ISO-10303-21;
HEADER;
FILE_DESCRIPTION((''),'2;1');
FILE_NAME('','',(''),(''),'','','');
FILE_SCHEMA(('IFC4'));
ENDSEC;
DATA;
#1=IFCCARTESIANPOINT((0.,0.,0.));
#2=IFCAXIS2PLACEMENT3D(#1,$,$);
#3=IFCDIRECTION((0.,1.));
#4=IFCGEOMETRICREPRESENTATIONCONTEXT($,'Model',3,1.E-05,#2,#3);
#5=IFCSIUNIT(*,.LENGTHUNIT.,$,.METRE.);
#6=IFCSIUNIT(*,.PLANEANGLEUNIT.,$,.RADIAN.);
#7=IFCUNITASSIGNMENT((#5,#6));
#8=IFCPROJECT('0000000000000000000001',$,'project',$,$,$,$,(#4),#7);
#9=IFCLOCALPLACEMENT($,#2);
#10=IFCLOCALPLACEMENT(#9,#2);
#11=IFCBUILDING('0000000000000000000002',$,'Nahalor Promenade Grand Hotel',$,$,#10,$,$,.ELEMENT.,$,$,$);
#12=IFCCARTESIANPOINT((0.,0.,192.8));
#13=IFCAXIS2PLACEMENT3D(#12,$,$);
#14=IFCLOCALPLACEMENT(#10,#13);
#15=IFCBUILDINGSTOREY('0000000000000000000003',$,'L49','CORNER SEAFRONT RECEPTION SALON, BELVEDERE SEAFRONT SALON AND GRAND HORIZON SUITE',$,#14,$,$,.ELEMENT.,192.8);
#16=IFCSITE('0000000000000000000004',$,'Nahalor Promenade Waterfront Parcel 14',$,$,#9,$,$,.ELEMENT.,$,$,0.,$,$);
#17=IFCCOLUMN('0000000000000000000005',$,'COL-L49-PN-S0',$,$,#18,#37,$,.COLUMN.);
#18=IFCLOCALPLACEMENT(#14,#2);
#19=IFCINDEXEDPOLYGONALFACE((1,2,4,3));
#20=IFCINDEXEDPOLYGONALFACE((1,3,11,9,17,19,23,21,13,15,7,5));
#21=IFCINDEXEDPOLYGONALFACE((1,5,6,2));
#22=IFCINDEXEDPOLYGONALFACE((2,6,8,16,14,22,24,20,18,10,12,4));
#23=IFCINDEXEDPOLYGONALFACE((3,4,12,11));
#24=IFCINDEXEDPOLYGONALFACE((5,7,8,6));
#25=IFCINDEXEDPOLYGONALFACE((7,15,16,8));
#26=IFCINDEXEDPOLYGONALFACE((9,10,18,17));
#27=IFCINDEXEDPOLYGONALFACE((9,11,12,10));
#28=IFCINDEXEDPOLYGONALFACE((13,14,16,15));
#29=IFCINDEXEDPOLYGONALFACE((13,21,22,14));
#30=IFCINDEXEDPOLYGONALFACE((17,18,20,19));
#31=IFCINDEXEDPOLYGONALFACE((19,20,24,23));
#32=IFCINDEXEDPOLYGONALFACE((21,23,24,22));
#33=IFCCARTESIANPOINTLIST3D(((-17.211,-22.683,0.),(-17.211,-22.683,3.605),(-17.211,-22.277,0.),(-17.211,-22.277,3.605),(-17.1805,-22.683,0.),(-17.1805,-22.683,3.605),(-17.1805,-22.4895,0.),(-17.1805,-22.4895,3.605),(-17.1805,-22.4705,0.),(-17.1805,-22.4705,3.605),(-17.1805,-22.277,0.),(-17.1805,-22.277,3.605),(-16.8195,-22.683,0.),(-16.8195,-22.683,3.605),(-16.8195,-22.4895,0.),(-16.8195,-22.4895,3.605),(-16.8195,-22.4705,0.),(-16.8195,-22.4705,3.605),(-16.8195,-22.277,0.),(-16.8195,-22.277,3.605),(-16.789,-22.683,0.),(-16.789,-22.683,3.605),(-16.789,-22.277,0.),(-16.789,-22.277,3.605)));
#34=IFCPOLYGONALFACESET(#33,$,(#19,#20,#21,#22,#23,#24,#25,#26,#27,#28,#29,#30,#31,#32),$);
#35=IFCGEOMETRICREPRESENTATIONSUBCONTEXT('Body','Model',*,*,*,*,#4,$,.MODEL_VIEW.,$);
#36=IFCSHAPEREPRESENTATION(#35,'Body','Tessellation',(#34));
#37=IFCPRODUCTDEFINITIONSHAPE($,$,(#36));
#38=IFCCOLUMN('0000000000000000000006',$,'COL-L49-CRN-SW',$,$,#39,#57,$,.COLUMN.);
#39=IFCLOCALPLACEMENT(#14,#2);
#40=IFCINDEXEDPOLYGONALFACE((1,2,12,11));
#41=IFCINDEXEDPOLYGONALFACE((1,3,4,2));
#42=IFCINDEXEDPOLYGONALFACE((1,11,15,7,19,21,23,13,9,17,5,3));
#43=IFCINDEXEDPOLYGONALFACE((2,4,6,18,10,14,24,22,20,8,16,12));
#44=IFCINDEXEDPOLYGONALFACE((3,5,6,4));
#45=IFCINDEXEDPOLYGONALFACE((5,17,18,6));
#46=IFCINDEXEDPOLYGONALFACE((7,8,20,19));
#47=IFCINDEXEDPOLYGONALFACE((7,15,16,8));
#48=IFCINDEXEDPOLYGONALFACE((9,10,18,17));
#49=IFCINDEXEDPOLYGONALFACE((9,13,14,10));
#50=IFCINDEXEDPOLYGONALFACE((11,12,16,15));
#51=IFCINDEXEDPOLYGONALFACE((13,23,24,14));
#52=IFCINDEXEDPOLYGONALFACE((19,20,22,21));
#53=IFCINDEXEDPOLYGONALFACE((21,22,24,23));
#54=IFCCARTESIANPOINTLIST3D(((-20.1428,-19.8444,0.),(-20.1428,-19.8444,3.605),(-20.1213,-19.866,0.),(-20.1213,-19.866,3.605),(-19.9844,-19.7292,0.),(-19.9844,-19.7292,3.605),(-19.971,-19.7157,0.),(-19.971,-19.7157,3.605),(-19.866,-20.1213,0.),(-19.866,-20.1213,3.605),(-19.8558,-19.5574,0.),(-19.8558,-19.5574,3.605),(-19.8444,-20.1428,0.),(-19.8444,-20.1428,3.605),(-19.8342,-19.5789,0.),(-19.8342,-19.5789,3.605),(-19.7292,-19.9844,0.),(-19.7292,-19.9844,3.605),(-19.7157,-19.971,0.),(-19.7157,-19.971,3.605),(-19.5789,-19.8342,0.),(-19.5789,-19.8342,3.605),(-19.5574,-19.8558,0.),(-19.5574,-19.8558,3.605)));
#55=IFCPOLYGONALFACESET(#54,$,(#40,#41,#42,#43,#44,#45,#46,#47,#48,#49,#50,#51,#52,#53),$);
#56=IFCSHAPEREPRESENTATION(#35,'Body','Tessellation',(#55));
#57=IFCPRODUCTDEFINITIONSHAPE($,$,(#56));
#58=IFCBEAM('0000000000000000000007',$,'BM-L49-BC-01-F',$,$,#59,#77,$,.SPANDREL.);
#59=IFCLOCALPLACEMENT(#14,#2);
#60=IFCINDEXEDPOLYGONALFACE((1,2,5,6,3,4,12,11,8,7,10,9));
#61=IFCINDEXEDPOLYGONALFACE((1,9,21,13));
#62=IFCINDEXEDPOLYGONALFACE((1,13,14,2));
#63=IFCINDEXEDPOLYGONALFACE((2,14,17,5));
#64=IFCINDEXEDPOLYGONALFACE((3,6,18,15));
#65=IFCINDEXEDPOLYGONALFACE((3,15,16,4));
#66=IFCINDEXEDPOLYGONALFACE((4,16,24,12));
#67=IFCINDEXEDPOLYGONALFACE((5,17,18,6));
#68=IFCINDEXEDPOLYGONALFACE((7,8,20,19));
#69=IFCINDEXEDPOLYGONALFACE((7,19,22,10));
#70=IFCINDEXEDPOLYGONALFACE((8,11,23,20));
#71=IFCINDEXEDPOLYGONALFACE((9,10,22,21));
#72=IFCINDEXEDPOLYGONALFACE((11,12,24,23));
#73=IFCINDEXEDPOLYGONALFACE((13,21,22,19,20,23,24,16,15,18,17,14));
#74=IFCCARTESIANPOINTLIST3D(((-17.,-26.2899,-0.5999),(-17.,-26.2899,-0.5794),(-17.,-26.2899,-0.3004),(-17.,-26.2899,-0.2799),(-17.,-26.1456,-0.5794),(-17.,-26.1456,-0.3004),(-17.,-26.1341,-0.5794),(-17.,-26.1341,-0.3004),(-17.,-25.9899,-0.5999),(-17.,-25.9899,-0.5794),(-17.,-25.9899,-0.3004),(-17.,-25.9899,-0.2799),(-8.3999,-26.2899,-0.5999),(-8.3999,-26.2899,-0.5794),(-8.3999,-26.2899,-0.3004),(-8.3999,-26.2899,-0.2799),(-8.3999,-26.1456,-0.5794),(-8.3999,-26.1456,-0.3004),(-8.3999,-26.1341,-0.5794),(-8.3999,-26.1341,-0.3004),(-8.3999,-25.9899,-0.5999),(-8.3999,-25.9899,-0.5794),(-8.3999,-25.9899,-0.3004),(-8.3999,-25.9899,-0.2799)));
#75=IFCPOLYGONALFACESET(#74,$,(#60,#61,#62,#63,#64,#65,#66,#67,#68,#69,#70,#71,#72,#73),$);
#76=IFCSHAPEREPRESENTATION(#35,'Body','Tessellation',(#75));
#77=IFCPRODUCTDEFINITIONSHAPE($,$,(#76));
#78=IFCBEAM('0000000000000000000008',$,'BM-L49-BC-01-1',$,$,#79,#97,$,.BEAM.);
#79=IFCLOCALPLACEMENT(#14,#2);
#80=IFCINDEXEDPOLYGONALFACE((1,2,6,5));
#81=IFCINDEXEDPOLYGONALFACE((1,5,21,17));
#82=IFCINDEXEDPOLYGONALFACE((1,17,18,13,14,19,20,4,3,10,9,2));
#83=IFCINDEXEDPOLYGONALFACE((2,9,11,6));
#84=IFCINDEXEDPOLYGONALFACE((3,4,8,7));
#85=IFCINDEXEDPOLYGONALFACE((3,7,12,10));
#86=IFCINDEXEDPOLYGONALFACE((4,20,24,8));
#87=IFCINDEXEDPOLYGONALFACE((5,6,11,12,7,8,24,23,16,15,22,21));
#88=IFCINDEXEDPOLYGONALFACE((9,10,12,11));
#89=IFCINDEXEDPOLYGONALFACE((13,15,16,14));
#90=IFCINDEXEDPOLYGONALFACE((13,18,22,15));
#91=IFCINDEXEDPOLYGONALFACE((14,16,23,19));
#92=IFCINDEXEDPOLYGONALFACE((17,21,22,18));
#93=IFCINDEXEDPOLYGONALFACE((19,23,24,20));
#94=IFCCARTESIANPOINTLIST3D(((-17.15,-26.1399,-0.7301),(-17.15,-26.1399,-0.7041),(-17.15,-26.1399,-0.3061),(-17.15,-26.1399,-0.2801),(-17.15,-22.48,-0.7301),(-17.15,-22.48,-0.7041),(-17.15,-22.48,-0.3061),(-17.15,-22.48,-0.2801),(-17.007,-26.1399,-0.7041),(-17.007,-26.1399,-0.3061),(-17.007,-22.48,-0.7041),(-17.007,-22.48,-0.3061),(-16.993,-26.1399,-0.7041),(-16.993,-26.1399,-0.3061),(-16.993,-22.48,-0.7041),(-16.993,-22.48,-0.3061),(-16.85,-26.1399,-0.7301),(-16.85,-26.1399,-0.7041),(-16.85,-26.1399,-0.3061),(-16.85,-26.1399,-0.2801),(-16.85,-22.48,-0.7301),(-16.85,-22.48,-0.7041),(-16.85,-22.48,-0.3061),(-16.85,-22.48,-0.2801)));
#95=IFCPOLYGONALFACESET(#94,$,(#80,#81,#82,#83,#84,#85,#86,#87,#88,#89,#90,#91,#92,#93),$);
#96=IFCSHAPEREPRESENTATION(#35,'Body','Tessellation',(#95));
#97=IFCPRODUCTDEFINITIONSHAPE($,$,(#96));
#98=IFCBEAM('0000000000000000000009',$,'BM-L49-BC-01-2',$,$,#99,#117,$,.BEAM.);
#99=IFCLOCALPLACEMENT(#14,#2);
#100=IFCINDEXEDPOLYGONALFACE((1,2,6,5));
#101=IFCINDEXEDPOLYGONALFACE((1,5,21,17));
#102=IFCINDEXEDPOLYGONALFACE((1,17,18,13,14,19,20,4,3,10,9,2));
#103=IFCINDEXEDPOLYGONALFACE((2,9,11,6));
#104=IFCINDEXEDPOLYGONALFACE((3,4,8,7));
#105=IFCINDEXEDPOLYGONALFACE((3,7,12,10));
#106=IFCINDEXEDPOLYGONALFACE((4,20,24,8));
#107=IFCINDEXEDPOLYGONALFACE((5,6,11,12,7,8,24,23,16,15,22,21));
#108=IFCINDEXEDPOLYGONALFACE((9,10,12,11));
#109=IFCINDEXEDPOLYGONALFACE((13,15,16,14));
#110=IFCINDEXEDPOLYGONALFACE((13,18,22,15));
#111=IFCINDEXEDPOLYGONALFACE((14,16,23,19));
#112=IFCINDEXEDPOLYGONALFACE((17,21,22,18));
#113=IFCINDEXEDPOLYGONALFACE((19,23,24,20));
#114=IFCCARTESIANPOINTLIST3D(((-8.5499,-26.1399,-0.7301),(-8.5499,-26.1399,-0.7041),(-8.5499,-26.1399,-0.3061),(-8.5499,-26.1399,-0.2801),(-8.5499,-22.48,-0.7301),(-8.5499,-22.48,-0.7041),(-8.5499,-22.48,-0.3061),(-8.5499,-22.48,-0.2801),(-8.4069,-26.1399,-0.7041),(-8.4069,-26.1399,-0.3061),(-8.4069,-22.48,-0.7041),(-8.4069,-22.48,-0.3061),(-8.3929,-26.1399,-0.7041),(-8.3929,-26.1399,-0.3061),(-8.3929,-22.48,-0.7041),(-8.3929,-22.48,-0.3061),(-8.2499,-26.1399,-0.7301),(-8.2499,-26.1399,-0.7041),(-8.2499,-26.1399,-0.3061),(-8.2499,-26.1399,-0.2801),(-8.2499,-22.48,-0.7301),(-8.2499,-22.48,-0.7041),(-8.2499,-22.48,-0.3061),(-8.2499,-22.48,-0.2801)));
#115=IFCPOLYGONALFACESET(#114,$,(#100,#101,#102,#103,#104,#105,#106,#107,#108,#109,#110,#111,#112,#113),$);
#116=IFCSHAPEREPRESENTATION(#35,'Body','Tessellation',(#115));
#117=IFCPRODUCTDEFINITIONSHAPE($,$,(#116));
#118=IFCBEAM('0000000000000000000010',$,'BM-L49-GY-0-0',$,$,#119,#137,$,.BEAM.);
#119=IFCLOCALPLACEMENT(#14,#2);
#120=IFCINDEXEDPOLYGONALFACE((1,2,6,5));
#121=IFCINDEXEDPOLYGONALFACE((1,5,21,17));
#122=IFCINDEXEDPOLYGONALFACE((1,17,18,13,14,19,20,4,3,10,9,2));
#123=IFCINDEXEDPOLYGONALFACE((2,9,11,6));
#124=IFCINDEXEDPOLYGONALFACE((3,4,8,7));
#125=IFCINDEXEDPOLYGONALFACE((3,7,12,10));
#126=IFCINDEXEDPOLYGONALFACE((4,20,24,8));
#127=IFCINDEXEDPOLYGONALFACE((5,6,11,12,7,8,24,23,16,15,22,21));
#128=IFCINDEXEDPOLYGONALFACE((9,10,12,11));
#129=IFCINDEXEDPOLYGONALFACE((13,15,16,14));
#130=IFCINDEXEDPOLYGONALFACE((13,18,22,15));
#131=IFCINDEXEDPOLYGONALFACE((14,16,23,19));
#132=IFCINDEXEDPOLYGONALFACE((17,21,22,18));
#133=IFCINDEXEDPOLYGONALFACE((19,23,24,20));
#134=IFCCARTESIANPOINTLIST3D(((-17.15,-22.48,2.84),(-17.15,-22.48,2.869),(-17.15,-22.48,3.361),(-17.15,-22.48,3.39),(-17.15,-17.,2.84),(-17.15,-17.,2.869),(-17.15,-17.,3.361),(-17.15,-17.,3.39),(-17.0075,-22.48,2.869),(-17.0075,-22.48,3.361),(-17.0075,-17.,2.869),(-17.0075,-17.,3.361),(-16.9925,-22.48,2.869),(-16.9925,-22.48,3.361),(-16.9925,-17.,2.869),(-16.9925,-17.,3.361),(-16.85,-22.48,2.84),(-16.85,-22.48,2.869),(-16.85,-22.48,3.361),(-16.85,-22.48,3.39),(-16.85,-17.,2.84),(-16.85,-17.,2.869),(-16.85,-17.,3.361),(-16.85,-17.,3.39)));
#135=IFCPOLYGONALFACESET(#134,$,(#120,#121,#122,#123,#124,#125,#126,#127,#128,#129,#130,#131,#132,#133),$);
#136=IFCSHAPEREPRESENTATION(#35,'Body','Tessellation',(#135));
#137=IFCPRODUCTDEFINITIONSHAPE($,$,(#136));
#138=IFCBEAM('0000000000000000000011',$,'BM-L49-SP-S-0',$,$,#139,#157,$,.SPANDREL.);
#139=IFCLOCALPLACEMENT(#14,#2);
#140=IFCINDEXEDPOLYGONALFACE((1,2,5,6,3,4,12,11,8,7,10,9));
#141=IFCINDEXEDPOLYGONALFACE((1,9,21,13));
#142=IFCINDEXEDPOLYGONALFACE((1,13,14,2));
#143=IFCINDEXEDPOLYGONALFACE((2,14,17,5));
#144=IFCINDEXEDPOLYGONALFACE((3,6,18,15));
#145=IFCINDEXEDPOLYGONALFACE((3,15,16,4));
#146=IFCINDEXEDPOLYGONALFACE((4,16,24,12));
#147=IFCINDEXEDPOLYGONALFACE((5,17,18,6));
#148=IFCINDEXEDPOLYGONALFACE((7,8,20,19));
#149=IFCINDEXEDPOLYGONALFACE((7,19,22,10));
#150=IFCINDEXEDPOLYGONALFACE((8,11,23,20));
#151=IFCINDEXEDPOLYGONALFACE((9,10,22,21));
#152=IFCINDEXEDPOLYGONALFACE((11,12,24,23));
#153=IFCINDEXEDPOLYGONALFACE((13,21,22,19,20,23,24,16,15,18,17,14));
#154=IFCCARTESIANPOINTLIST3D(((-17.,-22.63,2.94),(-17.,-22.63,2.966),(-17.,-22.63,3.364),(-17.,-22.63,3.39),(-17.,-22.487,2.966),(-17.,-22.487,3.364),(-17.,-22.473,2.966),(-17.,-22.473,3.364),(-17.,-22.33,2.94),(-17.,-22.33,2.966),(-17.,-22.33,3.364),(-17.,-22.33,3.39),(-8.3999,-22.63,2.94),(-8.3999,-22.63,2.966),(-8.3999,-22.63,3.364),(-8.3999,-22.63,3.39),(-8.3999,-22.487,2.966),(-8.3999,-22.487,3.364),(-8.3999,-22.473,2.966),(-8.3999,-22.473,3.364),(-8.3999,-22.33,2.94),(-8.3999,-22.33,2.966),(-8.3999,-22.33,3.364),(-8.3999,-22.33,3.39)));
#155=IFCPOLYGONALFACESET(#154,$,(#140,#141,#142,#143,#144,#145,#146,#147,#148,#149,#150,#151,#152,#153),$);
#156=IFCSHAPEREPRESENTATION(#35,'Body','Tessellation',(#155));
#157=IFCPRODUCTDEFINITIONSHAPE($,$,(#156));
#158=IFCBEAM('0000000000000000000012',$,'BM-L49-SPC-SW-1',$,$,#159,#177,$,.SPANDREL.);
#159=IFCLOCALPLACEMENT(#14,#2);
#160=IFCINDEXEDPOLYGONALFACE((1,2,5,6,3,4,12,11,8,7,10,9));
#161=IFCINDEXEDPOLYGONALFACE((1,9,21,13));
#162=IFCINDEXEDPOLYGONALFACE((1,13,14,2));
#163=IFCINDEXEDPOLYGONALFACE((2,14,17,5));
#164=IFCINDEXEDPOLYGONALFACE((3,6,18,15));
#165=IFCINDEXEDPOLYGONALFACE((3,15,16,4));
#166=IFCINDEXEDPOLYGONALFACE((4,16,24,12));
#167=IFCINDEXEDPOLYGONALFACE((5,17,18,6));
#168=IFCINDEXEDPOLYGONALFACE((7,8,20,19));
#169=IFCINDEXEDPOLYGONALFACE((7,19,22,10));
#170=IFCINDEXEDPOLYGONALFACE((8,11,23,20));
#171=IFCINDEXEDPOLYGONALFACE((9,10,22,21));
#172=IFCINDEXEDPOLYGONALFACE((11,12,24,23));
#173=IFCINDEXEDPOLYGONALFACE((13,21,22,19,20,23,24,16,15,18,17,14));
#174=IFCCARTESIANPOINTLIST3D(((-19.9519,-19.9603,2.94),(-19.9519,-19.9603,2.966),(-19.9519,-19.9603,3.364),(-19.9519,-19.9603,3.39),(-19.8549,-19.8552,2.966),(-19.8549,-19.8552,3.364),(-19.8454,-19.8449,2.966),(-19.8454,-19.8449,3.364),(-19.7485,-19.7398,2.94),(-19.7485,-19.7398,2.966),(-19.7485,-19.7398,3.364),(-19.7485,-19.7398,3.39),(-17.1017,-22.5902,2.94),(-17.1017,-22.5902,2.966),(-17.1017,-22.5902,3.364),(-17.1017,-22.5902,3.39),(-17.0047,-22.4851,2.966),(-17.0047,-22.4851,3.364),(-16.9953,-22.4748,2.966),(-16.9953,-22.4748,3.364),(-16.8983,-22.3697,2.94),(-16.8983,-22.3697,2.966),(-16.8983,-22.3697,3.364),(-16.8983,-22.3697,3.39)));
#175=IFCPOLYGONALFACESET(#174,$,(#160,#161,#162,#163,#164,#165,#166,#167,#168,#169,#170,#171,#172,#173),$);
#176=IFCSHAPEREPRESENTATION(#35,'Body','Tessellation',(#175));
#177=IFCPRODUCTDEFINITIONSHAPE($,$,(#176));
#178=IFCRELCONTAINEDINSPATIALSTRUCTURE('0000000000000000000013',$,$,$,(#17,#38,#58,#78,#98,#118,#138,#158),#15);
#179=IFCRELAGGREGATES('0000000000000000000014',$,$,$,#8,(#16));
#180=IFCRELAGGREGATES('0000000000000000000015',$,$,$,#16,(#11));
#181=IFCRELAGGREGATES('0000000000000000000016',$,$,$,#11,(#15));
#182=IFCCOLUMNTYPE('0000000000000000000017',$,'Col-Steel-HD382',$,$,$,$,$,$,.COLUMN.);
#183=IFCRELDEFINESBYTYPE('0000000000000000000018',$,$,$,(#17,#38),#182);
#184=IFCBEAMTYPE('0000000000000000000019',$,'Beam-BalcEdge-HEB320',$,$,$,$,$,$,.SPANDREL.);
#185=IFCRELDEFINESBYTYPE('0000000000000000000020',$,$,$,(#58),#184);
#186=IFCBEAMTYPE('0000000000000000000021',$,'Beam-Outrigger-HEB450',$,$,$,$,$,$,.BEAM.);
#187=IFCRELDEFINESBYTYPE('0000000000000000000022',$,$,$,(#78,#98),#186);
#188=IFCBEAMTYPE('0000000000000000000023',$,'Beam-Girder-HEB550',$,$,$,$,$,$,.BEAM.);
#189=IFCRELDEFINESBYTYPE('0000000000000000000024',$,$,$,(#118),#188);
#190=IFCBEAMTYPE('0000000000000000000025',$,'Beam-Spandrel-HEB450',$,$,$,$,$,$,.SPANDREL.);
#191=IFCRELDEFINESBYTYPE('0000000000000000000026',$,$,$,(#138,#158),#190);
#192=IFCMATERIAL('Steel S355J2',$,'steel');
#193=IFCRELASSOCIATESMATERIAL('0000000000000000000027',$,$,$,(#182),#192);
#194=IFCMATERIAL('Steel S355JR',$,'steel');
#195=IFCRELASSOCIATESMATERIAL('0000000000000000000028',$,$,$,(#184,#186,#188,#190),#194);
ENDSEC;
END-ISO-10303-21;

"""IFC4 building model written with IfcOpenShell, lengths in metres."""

from ifc_helpers import new_model, si_unit, direction, frame, origin, origin_2d, place, context, subcontext, project, spatial, i_section, extrude, source, transform, mapped, material, material_profile, profile_set, type_object, element, save


model = new_model("IFC4")

# Units and contexts
model_context = context("Model", 3, precision=1e-05, world=origin(), true_north=direction((0.0, 1.0)))
body_context = subcontext(model_context, "Body", "Model", "MODEL_VIEW")
ifc_project = project(units=[si_unit("LENGTHUNIT", "METRE"), si_unit("PLANEANGLEUNIT", "RADIAN")], contexts=[model_context])

# Site, building, storey
site_placement = place(None, origin())
site = spatial("IfcSite", under=ifc_project, at=site_placement, Name="Nahalor Promenade Waterfront Parcel 14", CompositionType="ELEMENT", RefElevation=0.0)
building_placement = place(site_placement, origin())
building = spatial("IfcBuilding", under=site, at=building_placement, Name="Nahalor Promenade Grand Hotel", CompositionType="ELEMENT")
storey_placement = place(building_placement, frame((0.0, 0.0, 192.8)))
storey = spatial("IfcBuildingStorey", under=building, at=storey_placement, Name="L49", Description="CORNER SEAFRONT RECEPTION SALON, BELVEDERE SEAFRONT SALON AND GRAND HORIZON SUITE", CompositionType="ELEMENT", Elevation=192.8)

# Columns
ifc_material_1 = material(Name="Steel S355J2", Category="steel")
ifc_material_profile_1 = material_profile(ifc_material_1, i_section(OverallWidth=0.406, OverallDepth=0.422, WebThickness=0.019, FlangeThickness=0.0305, at=origin_2d()), Name="HD 400x382")
ifc_profile_set_1 = profile_set([ifc_material_profile_1], Name="Steel S355J2")
column_type = type_object("IfcColumnType", Name="Col-Steel-HD382", PredefinedType="COLUMN", material=ifc_profile_set_1)
shared_shape_1 = source(origin(), body_context, "Body", "SweptSolid", [
    extrude(i_section(OverallWidth=0.406, OverallDepth=0.422, WebThickness=0.019, FlangeThickness=0.0305, at=origin_2d()), origin(), (0.0, 0.0, 1.0), 3.605),
])
for number, where, z_axis, x_axis, name in (
    (1, (-17.0, -22.48, 0.0), (0.0, 0.0, 1.0), (0.0, 1.0, 0.0), "COL-L49-PN-S0"),
    (2, (-19.8501, -19.8501, 0.0), (0.0, 0.0, 1.0), (0.707107, 0.707107, 0.0), "COL-L49-CRN-SW"),
):
    element("IfcColumn", number, at=place(storey_placement, frame(where, z_axis=z_axis, x_axis=x_axis)), inside=storey, type_object=column_type, Name=name, PredefinedType="COLUMN", context=body_context, shape_type="MappedRepresentation", body=[
        mapped(shared_shape_1, transform((0.0, 0.0, 0.0), scale=1.0)),
    ])

# Beams
ifc_material_2 = material(Name="Steel S355JR", Category="steel")
ifc_material_profile_2 = material_profile(ifc_material_2, i_section(OverallWidth=0.3, OverallDepth=0.32, WebThickness=0.0115, FlangeThickness=0.0205, at=origin_2d()), Name="HEB 320")
ifc_profile_set_2 = profile_set([ifc_material_profile_2], Name="Steel S355JR")
beam_type_1 = type_object("IfcBeamType", Name="Beam-BalcEdge-HEB320", PredefinedType="SPANDREL", material=ifc_profile_set_2)
shared_shape_2 = source(origin(), body_context, "Body", "SweptSolid", [
    extrude(i_section(OverallWidth=0.3, OverallDepth=0.32, WebThickness=0.0115, FlangeThickness=0.0205, at=origin_2d()), origin(), (0.0, 0.0, 1.0), 8.6001),
])
beam_1_placement = place(storey_placement, frame((-17.0, -26.1399, -0.4399), z_axis=(1.0, 0.0, 0.0), x_axis=(0.0, 1.0, 0.0)))
element("IfcBeam", 3, at=beam_1_placement, inside=storey, type_object=beam_type_1, Name="BM-L49-BC-01-F", PredefinedType="SPANDREL", context=body_context, shape_type="MappedRepresentation", body=[
    mapped(shared_shape_2, transform((0.0, 0.0, 0.0), scale=1.0)),
])
ifc_material_profile_3 = material_profile(ifc_material_2, i_section(OverallWidth=0.3, OverallDepth=0.45, WebThickness=0.014, FlangeThickness=0.026, at=origin_2d()), Name="HEB 450")
ifc_profile_set_3 = profile_set([ifc_material_profile_3], Name="Steel S355JR")
beam_type_2 = type_object("IfcBeamType", Name="Beam-Outrigger-HEB450", PredefinedType="BEAM", material=ifc_profile_set_3)
shared_shape_3 = source(origin(), body_context, "Body", "SweptSolid", [
    extrude(i_section(OverallWidth=0.3, OverallDepth=0.45, WebThickness=0.014, FlangeThickness=0.026, at=origin_2d()), origin(), (0.0, 0.0, 1.0), 3.6599),
])
for number, where, z_axis, x_axis, name in (
    (4, (-17.0, -26.1399, -0.5051), (0.0, 1.0, 0.0), (-1.0, 0.0, 0.0), "BM-L49-BC-01-1"),
    (5, (-8.3999, -26.1399, -0.5051), (0.0, 1.0, 0.0), (-1.0, 0.0, 0.0), "BM-L49-BC-01-2"),
):
    element("IfcBeam", number, at=place(storey_placement, frame(where, z_axis=z_axis, x_axis=x_axis)), inside=storey, type_object=beam_type_2, Name=name, PredefinedType="BEAM", context=body_context, shape_type="MappedRepresentation", body=[
        mapped(shared_shape_3, transform((0.0, 0.0, 0.0), scale=1.0)),
    ])
ifc_material_profile_4 = material_profile(ifc_material_2, i_section(OverallWidth=0.3, OverallDepth=0.55, WebThickness=0.015, FlangeThickness=0.029, at=origin_2d()), Name="HEB 550")
ifc_profile_set_4 = profile_set([ifc_material_profile_4], Name="Steel S355JR")
beam_type_3 = type_object("IfcBeamType", Name="Beam-Girder-HEB550", PredefinedType="BEAM", material=ifc_profile_set_4)
shared_shape_4 = source(origin(), body_context, "Body", "SweptSolid", [
    extrude(i_section(OverallWidth=0.3, OverallDepth=0.55, WebThickness=0.015, FlangeThickness=0.029, at=origin_2d()), origin(), (0.0, 0.0, 1.0), 5.48),
])
beam_2_placement = place(storey_placement, frame((-17.0, -22.48, 3.115), z_axis=(0.0, 1.0, 0.0), x_axis=(-1.0, 0.0, 0.0)))
element("IfcBeam", 6, at=beam_2_placement, inside=storey, type_object=beam_type_3, Name="BM-L49-GY-0-0", PredefinedType="BEAM", context=body_context, shape_type="MappedRepresentation", body=[
    mapped(shared_shape_4, transform((0.0, 0.0, 0.0), scale=1.0)),
])
ifc_material_profile_5 = material_profile(ifc_material_2, i_section(OverallWidth=0.3, OverallDepth=0.45, WebThickness=0.014, FlangeThickness=0.026, at=origin_2d()), Name="HEB 450")
ifc_profile_set_5 = profile_set([ifc_material_profile_5], Name="Steel S355JR")
beam_type_4 = type_object("IfcBeamType", Name="Beam-Spandrel-HEB450", PredefinedType="SPANDREL", material=ifc_profile_set_5)
shared_shape_5 = source(origin(), body_context, "Body", "SweptSolid", [
    extrude(i_section(OverallWidth=0.3, OverallDepth=0.45, WebThickness=0.014, FlangeThickness=0.026, at=origin_2d()), origin(), (0.0, 0.0, 1.0), 8.6001),
])
beam_3_placement = place(storey_placement, frame((-17.0, -22.48, 3.165), z_axis=(1.0, 0.0, 0.0), x_axis=(0.0, 1.0, 0.0)))
element("IfcBeam", 7, at=beam_3_placement, inside=storey, type_object=beam_type_4, Name="BM-L49-SP-S-0", PredefinedType="SPANDREL", context=body_context, shape_type="MappedRepresentation", body=[
    mapped(shared_shape_5, transform((0.0, 0.0, 0.0), scale=1.0)),
])
shared_shape_6 = source(origin(), body_context, "Body", "SweptSolid", [
    extrude(i_section(OverallWidth=0.3, OverallDepth=0.45, WebThickness=0.014, FlangeThickness=0.026, at=origin_2d()), origin(), (0.0, 0.0, 1.0), 3.8782),
])
for number, where, z_axis, x_axis, name in (
    (8, (-17.0, -22.48, 3.165), (-0.734929, 0.678144, 0.0), (-0.678144, -0.734929, 0.0), "BM-L49-SPC-SW-1"),
):
    element("IfcBeam", number, at=place(storey_placement, frame(where, z_axis=z_axis, x_axis=x_axis)), inside=storey, type_object=beam_type_4, Name=name, PredefinedType="SPANDREL", context=body_context, shape_type="MappedRepresentation", body=[
        mapped(shared_shape_6, transform((0.0, 0.0, 0.0), scale=1.0)),
    ])

save(model, "model.ifc")
